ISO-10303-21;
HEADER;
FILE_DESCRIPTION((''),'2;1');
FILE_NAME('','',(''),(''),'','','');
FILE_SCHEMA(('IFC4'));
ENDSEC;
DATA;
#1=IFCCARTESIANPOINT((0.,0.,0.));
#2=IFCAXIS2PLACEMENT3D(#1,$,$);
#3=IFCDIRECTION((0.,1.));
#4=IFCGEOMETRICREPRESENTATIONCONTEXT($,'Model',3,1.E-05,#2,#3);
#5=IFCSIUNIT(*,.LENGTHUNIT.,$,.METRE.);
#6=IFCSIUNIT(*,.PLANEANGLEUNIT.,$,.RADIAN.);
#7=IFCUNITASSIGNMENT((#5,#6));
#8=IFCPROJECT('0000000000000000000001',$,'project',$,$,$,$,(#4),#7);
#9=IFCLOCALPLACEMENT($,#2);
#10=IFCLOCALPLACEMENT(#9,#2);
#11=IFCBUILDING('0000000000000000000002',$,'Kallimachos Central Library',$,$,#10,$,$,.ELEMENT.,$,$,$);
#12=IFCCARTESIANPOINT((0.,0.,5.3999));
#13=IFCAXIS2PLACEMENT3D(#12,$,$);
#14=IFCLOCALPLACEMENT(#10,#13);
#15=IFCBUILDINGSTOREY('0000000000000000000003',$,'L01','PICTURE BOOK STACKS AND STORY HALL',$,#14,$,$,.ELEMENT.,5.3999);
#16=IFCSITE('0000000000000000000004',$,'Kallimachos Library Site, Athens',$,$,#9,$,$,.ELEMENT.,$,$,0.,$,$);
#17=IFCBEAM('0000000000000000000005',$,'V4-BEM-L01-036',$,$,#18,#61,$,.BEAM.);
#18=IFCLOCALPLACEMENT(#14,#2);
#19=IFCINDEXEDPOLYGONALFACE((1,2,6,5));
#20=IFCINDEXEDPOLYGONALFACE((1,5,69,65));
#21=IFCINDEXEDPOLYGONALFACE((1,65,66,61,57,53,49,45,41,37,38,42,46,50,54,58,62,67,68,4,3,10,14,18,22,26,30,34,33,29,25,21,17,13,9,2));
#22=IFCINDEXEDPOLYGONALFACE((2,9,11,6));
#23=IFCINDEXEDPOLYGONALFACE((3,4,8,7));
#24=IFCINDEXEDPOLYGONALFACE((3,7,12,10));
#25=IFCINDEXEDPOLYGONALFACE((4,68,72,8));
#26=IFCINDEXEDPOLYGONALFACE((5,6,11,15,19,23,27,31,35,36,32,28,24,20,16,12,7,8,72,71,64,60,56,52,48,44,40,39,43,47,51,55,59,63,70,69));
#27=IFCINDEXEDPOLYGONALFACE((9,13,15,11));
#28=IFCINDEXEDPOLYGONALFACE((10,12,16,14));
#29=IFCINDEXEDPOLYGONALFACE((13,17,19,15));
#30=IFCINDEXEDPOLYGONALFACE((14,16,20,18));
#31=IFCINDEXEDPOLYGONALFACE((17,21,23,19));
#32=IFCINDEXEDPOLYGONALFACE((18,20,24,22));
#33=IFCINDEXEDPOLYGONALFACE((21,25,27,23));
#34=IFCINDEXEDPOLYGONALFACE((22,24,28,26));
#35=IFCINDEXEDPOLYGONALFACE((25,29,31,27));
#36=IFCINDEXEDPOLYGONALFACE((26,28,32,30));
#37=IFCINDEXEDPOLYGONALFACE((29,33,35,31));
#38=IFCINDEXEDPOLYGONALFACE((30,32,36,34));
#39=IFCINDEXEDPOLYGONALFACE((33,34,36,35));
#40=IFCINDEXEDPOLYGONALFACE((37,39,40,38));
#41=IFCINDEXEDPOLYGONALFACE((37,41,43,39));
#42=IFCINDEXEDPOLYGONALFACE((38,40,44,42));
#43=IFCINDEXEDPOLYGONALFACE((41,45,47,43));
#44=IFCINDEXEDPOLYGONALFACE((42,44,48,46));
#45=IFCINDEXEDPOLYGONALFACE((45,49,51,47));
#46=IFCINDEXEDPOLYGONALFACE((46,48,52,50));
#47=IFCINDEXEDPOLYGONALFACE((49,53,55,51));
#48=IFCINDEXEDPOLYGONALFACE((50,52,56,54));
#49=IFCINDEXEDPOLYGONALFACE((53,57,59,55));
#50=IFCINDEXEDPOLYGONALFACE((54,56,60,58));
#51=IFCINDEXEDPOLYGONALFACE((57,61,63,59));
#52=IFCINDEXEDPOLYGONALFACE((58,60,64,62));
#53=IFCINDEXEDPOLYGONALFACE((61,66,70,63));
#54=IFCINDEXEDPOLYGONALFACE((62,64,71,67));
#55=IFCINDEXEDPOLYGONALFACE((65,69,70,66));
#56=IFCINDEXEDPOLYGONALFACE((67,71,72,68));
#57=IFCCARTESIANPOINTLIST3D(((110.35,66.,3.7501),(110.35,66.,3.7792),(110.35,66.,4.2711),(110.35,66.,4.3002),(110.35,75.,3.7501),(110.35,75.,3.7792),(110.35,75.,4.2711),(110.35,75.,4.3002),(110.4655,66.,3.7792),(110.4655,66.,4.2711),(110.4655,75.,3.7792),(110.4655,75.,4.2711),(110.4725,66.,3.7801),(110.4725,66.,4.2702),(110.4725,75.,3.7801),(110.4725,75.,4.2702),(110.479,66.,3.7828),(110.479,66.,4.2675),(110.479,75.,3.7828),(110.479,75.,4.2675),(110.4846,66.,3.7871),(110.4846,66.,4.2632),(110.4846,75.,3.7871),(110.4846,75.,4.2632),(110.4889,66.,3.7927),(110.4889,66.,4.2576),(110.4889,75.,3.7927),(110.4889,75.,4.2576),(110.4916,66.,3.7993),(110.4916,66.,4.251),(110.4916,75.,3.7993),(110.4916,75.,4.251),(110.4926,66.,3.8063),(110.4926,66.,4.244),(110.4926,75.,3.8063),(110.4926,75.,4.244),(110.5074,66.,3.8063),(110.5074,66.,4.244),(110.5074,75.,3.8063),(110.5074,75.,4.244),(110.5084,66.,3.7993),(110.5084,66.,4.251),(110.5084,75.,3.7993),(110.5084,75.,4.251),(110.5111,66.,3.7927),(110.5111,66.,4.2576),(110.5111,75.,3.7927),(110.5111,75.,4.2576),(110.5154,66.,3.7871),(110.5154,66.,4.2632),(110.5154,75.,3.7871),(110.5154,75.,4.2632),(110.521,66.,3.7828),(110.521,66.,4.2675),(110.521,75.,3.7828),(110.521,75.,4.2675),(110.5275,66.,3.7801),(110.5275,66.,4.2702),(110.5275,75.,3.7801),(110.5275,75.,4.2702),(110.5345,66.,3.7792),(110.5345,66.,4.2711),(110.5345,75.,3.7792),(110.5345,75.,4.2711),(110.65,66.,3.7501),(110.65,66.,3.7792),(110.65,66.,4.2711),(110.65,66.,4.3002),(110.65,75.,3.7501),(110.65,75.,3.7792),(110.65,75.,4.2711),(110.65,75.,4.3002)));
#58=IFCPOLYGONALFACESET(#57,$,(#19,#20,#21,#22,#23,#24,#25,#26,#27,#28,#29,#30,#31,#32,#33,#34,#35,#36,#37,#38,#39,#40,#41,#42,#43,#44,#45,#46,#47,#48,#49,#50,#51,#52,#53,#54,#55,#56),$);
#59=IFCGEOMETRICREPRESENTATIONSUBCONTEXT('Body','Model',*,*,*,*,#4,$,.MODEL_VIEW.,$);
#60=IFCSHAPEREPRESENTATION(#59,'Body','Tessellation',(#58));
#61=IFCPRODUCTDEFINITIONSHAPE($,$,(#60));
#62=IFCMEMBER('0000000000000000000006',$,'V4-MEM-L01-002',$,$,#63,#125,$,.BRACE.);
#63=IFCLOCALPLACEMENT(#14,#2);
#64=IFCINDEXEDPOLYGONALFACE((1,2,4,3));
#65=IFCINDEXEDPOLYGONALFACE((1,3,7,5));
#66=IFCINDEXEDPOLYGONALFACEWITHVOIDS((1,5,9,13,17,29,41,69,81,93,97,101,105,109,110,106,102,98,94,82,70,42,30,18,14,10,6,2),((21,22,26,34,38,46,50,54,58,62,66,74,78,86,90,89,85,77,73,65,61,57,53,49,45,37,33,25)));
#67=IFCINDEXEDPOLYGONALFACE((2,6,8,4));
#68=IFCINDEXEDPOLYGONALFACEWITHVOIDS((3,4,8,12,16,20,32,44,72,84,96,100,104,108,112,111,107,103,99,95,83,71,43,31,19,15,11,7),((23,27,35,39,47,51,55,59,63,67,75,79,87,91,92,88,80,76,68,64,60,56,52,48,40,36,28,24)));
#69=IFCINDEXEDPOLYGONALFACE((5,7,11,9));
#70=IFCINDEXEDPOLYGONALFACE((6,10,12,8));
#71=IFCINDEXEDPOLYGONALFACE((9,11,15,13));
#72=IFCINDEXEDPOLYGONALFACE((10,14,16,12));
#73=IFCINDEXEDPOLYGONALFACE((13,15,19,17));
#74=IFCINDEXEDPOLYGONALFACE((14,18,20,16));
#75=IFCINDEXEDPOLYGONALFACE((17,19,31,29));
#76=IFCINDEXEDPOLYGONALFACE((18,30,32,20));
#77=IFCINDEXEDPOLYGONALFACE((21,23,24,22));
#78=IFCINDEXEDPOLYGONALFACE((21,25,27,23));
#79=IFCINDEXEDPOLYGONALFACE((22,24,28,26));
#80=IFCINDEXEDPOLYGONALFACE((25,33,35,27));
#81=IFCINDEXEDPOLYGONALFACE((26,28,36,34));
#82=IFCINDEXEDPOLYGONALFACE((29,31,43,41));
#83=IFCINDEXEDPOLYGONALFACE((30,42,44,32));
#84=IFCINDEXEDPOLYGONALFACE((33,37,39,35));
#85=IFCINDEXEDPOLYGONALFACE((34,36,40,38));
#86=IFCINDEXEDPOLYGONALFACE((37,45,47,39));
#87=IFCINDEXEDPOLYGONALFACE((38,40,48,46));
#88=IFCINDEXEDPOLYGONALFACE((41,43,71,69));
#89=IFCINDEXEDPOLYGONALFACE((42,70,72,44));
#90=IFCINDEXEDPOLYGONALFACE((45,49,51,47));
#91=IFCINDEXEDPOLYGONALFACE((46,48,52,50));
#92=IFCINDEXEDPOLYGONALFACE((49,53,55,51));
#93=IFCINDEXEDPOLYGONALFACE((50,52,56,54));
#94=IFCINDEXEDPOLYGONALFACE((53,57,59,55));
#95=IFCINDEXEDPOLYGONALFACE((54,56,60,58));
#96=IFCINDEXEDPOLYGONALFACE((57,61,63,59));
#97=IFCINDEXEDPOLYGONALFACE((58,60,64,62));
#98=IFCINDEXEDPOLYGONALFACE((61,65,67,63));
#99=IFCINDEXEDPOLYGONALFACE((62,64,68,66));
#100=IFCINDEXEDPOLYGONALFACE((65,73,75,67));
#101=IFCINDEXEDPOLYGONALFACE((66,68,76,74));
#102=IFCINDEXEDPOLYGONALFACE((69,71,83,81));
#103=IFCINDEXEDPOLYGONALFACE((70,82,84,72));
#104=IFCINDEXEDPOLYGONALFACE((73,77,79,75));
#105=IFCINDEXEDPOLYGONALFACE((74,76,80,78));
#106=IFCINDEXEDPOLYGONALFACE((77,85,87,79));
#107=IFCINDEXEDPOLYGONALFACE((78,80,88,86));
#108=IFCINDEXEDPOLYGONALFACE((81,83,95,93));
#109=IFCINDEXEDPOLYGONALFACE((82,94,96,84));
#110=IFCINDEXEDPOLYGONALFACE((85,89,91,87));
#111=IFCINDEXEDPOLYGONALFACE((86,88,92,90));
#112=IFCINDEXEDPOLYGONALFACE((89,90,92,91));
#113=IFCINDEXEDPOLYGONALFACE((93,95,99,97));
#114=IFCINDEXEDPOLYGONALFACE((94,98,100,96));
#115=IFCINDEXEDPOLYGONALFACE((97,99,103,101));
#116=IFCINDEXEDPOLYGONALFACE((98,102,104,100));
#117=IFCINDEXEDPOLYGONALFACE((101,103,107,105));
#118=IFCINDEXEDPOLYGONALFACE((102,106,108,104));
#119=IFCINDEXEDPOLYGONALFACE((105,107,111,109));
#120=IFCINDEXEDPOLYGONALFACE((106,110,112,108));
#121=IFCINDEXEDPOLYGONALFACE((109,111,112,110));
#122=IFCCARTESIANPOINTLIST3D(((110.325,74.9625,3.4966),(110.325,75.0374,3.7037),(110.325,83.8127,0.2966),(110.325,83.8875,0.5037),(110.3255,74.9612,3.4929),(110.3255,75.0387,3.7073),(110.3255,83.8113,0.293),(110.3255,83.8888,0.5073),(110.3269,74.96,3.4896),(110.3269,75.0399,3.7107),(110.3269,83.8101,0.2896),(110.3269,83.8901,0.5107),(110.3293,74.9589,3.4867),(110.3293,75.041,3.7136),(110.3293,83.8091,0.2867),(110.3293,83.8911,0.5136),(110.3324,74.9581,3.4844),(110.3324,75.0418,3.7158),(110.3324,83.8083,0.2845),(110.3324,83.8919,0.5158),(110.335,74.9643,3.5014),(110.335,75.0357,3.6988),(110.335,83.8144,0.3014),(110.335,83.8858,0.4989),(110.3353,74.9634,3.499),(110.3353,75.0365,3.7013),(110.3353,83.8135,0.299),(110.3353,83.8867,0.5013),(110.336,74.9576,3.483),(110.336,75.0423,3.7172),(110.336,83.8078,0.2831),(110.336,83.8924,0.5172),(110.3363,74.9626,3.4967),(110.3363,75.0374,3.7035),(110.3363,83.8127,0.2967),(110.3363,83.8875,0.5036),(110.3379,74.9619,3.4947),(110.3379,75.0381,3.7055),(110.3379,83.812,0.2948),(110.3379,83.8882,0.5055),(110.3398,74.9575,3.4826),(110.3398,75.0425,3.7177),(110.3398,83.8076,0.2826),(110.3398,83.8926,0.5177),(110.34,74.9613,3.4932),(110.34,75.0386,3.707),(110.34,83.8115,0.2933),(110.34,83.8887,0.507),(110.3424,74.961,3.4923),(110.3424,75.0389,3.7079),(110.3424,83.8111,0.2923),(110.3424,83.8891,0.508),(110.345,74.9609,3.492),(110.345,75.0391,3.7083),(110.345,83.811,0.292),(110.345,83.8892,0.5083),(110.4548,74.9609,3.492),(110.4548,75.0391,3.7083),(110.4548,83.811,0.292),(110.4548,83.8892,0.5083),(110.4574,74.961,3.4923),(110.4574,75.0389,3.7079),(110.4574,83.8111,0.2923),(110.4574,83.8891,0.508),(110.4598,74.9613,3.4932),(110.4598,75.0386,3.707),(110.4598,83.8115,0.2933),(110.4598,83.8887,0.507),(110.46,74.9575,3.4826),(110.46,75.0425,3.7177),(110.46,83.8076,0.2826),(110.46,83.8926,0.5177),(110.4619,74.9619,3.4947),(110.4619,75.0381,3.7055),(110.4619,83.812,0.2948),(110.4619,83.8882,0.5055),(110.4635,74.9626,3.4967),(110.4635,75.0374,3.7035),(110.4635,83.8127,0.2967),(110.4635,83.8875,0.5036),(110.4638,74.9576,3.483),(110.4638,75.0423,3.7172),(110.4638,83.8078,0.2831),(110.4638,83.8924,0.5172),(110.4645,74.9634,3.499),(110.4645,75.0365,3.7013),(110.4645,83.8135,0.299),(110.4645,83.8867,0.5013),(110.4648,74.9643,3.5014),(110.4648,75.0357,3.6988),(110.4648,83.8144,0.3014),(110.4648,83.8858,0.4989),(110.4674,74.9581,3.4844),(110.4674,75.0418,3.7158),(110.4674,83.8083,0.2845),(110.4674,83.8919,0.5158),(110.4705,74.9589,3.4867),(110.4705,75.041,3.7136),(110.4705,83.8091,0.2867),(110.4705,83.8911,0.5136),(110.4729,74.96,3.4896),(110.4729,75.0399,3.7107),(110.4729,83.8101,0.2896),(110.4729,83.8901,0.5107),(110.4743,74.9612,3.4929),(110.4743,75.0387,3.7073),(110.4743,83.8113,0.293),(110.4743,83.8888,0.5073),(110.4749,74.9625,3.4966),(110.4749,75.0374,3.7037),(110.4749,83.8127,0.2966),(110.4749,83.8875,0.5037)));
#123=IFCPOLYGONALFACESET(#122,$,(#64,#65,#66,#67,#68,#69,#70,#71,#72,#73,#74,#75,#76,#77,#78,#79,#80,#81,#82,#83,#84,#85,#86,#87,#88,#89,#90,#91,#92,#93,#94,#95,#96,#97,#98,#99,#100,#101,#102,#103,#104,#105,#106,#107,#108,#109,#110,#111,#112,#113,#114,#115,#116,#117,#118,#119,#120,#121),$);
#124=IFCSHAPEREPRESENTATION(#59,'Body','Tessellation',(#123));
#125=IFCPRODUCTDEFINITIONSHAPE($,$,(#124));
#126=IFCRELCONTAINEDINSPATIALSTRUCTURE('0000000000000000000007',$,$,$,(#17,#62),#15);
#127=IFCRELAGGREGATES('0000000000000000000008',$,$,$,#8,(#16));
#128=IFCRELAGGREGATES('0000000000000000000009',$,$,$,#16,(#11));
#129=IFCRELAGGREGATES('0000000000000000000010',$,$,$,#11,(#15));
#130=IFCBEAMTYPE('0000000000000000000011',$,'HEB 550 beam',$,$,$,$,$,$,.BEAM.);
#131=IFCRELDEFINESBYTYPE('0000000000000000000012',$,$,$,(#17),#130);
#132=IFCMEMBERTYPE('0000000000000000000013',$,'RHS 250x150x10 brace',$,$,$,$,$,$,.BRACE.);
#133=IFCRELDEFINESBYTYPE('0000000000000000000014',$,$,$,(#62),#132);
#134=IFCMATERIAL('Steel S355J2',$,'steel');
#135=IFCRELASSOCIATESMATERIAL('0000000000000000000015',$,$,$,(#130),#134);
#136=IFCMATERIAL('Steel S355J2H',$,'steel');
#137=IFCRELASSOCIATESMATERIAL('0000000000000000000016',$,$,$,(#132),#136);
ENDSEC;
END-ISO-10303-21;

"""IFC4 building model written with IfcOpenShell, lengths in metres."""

from ifc_helpers import new_model, si_unit, direction, frame, origin, origin_2d, place, context, subcontext, project, spatial, hollow_rectangle, i_section, extrude, material, material_profile, profile_set, type_object, element, save


model = new_model("IFC4")

# Units and contexts
model_context = context("Model", 3, precision=1e-05, world=origin(), true_north=direction((0.0, 1.0)))
body_context = subcontext(model_context, "Body", "Model", "MODEL_VIEW")
ifc_project = project(units=[si_unit("LENGTHUNIT", "METRE"), si_unit("PLANEANGLEUNIT", "RADIAN")], contexts=[model_context])

# Site, building, storey
site_placement = place(None, origin())
site = spatial("IfcSite", under=ifc_project, at=site_placement, Name="Kallimachos Library Site, Athens", CompositionType="ELEMENT", RefElevation=0.0)
building_placement = place(site_placement, origin())
building = spatial("IfcBuilding", under=site, at=building_placement, Name="Kallimachos Central Library", CompositionType="ELEMENT")
storey_placement = place(building_placement, frame((0.0, 0.0, 5.3999)))
storey = spatial("IfcBuildingStorey", under=building, at=storey_placement, Name="L01", Description="PICTURE BOOK STACKS AND STORY HALL", CompositionType="ELEMENT", Elevation=5.3999)

# Beam
ifc_material_1 = material(Name="Steel S355J2", Category="steel")
ifc_material_profile_1 = material_profile(ifc_material_1, i_section(OverallWidth=0.3, OverallDepth=0.55, WebThickness=0.0149, FlangeThickness=0.0291, FilletRadius=0.0271, at=origin_2d()), Name="HEB 550")
ifc_profile_set_1 = profile_set([ifc_material_profile_1], Name="Steel S355J2")
beam_type = type_object("IfcBeamType", Name="HEB 550 beam", PredefinedType="BEAM", material=ifc_profile_set_1)
beam_1_placement = place(storey_placement, frame((110.5, 66.0, 4.0251), z_axis=(0.0, 1.0, 0.0), x_axis=(-1.0, 0.0, 0.0)))
element("IfcBeam", 1, at=beam_1_placement, inside=storey, type_object=beam_type, Name="V4-BEM-L01-036", PredefinedType="BEAM", context=body_context, shape_type="SweptSolid", body=[
    extrude(i_section(OverallWidth=0.3, OverallDepth=0.55, WebThickness=0.0149, FlangeThickness=0.0291, FilletRadius=0.0271, at=origin_2d()), origin(), (0.0, 0.0, 1.0), 9.0),
])

# Member
ifc_material_2 = material(Name="Steel S355J2H", Category="steel")
ifc_material_profile_2 = material_profile(ifc_material_2, hollow_rectangle(XDim=0.1499, YDim=0.25, WallThickness=0.01, InnerFilletRadius=0.01, OuterFilletRadius=0.0149, at=origin_2d()), Name="RHS 250x150x10")
ifc_profile_set_2 = profile_set([ifc_material_profile_2], Name="Steel S355J2H")
member_type = type_object("IfcMemberType", Name="RHS 250x150x10 brace", PredefinedType="BRACE", material=ifc_profile_set_2)
member_placement = place(storey_placement, frame((110.3999, 83.8501, 0.4001), z_axis=(0.0, -0.940415, 0.340028), x_axis=(1.0, 0.0, 0.0)))
element("IfcMember", 2, at=member_placement, inside=storey, type_object=member_type, Name="V4-MEM-L01-002", PredefinedType="BRACE", context=body_context, shape_type="SweptSolid", body=[
    extrude(hollow_rectangle(XDim=0.1499, YDim=0.25, WallThickness=0.01, InnerFilletRadius=0.01, OuterFilletRadius=0.0149, at=origin_2d()), origin(), (0.0, 0.0, 1.0), 9.4109),
])

save(model, "model.ifc")
